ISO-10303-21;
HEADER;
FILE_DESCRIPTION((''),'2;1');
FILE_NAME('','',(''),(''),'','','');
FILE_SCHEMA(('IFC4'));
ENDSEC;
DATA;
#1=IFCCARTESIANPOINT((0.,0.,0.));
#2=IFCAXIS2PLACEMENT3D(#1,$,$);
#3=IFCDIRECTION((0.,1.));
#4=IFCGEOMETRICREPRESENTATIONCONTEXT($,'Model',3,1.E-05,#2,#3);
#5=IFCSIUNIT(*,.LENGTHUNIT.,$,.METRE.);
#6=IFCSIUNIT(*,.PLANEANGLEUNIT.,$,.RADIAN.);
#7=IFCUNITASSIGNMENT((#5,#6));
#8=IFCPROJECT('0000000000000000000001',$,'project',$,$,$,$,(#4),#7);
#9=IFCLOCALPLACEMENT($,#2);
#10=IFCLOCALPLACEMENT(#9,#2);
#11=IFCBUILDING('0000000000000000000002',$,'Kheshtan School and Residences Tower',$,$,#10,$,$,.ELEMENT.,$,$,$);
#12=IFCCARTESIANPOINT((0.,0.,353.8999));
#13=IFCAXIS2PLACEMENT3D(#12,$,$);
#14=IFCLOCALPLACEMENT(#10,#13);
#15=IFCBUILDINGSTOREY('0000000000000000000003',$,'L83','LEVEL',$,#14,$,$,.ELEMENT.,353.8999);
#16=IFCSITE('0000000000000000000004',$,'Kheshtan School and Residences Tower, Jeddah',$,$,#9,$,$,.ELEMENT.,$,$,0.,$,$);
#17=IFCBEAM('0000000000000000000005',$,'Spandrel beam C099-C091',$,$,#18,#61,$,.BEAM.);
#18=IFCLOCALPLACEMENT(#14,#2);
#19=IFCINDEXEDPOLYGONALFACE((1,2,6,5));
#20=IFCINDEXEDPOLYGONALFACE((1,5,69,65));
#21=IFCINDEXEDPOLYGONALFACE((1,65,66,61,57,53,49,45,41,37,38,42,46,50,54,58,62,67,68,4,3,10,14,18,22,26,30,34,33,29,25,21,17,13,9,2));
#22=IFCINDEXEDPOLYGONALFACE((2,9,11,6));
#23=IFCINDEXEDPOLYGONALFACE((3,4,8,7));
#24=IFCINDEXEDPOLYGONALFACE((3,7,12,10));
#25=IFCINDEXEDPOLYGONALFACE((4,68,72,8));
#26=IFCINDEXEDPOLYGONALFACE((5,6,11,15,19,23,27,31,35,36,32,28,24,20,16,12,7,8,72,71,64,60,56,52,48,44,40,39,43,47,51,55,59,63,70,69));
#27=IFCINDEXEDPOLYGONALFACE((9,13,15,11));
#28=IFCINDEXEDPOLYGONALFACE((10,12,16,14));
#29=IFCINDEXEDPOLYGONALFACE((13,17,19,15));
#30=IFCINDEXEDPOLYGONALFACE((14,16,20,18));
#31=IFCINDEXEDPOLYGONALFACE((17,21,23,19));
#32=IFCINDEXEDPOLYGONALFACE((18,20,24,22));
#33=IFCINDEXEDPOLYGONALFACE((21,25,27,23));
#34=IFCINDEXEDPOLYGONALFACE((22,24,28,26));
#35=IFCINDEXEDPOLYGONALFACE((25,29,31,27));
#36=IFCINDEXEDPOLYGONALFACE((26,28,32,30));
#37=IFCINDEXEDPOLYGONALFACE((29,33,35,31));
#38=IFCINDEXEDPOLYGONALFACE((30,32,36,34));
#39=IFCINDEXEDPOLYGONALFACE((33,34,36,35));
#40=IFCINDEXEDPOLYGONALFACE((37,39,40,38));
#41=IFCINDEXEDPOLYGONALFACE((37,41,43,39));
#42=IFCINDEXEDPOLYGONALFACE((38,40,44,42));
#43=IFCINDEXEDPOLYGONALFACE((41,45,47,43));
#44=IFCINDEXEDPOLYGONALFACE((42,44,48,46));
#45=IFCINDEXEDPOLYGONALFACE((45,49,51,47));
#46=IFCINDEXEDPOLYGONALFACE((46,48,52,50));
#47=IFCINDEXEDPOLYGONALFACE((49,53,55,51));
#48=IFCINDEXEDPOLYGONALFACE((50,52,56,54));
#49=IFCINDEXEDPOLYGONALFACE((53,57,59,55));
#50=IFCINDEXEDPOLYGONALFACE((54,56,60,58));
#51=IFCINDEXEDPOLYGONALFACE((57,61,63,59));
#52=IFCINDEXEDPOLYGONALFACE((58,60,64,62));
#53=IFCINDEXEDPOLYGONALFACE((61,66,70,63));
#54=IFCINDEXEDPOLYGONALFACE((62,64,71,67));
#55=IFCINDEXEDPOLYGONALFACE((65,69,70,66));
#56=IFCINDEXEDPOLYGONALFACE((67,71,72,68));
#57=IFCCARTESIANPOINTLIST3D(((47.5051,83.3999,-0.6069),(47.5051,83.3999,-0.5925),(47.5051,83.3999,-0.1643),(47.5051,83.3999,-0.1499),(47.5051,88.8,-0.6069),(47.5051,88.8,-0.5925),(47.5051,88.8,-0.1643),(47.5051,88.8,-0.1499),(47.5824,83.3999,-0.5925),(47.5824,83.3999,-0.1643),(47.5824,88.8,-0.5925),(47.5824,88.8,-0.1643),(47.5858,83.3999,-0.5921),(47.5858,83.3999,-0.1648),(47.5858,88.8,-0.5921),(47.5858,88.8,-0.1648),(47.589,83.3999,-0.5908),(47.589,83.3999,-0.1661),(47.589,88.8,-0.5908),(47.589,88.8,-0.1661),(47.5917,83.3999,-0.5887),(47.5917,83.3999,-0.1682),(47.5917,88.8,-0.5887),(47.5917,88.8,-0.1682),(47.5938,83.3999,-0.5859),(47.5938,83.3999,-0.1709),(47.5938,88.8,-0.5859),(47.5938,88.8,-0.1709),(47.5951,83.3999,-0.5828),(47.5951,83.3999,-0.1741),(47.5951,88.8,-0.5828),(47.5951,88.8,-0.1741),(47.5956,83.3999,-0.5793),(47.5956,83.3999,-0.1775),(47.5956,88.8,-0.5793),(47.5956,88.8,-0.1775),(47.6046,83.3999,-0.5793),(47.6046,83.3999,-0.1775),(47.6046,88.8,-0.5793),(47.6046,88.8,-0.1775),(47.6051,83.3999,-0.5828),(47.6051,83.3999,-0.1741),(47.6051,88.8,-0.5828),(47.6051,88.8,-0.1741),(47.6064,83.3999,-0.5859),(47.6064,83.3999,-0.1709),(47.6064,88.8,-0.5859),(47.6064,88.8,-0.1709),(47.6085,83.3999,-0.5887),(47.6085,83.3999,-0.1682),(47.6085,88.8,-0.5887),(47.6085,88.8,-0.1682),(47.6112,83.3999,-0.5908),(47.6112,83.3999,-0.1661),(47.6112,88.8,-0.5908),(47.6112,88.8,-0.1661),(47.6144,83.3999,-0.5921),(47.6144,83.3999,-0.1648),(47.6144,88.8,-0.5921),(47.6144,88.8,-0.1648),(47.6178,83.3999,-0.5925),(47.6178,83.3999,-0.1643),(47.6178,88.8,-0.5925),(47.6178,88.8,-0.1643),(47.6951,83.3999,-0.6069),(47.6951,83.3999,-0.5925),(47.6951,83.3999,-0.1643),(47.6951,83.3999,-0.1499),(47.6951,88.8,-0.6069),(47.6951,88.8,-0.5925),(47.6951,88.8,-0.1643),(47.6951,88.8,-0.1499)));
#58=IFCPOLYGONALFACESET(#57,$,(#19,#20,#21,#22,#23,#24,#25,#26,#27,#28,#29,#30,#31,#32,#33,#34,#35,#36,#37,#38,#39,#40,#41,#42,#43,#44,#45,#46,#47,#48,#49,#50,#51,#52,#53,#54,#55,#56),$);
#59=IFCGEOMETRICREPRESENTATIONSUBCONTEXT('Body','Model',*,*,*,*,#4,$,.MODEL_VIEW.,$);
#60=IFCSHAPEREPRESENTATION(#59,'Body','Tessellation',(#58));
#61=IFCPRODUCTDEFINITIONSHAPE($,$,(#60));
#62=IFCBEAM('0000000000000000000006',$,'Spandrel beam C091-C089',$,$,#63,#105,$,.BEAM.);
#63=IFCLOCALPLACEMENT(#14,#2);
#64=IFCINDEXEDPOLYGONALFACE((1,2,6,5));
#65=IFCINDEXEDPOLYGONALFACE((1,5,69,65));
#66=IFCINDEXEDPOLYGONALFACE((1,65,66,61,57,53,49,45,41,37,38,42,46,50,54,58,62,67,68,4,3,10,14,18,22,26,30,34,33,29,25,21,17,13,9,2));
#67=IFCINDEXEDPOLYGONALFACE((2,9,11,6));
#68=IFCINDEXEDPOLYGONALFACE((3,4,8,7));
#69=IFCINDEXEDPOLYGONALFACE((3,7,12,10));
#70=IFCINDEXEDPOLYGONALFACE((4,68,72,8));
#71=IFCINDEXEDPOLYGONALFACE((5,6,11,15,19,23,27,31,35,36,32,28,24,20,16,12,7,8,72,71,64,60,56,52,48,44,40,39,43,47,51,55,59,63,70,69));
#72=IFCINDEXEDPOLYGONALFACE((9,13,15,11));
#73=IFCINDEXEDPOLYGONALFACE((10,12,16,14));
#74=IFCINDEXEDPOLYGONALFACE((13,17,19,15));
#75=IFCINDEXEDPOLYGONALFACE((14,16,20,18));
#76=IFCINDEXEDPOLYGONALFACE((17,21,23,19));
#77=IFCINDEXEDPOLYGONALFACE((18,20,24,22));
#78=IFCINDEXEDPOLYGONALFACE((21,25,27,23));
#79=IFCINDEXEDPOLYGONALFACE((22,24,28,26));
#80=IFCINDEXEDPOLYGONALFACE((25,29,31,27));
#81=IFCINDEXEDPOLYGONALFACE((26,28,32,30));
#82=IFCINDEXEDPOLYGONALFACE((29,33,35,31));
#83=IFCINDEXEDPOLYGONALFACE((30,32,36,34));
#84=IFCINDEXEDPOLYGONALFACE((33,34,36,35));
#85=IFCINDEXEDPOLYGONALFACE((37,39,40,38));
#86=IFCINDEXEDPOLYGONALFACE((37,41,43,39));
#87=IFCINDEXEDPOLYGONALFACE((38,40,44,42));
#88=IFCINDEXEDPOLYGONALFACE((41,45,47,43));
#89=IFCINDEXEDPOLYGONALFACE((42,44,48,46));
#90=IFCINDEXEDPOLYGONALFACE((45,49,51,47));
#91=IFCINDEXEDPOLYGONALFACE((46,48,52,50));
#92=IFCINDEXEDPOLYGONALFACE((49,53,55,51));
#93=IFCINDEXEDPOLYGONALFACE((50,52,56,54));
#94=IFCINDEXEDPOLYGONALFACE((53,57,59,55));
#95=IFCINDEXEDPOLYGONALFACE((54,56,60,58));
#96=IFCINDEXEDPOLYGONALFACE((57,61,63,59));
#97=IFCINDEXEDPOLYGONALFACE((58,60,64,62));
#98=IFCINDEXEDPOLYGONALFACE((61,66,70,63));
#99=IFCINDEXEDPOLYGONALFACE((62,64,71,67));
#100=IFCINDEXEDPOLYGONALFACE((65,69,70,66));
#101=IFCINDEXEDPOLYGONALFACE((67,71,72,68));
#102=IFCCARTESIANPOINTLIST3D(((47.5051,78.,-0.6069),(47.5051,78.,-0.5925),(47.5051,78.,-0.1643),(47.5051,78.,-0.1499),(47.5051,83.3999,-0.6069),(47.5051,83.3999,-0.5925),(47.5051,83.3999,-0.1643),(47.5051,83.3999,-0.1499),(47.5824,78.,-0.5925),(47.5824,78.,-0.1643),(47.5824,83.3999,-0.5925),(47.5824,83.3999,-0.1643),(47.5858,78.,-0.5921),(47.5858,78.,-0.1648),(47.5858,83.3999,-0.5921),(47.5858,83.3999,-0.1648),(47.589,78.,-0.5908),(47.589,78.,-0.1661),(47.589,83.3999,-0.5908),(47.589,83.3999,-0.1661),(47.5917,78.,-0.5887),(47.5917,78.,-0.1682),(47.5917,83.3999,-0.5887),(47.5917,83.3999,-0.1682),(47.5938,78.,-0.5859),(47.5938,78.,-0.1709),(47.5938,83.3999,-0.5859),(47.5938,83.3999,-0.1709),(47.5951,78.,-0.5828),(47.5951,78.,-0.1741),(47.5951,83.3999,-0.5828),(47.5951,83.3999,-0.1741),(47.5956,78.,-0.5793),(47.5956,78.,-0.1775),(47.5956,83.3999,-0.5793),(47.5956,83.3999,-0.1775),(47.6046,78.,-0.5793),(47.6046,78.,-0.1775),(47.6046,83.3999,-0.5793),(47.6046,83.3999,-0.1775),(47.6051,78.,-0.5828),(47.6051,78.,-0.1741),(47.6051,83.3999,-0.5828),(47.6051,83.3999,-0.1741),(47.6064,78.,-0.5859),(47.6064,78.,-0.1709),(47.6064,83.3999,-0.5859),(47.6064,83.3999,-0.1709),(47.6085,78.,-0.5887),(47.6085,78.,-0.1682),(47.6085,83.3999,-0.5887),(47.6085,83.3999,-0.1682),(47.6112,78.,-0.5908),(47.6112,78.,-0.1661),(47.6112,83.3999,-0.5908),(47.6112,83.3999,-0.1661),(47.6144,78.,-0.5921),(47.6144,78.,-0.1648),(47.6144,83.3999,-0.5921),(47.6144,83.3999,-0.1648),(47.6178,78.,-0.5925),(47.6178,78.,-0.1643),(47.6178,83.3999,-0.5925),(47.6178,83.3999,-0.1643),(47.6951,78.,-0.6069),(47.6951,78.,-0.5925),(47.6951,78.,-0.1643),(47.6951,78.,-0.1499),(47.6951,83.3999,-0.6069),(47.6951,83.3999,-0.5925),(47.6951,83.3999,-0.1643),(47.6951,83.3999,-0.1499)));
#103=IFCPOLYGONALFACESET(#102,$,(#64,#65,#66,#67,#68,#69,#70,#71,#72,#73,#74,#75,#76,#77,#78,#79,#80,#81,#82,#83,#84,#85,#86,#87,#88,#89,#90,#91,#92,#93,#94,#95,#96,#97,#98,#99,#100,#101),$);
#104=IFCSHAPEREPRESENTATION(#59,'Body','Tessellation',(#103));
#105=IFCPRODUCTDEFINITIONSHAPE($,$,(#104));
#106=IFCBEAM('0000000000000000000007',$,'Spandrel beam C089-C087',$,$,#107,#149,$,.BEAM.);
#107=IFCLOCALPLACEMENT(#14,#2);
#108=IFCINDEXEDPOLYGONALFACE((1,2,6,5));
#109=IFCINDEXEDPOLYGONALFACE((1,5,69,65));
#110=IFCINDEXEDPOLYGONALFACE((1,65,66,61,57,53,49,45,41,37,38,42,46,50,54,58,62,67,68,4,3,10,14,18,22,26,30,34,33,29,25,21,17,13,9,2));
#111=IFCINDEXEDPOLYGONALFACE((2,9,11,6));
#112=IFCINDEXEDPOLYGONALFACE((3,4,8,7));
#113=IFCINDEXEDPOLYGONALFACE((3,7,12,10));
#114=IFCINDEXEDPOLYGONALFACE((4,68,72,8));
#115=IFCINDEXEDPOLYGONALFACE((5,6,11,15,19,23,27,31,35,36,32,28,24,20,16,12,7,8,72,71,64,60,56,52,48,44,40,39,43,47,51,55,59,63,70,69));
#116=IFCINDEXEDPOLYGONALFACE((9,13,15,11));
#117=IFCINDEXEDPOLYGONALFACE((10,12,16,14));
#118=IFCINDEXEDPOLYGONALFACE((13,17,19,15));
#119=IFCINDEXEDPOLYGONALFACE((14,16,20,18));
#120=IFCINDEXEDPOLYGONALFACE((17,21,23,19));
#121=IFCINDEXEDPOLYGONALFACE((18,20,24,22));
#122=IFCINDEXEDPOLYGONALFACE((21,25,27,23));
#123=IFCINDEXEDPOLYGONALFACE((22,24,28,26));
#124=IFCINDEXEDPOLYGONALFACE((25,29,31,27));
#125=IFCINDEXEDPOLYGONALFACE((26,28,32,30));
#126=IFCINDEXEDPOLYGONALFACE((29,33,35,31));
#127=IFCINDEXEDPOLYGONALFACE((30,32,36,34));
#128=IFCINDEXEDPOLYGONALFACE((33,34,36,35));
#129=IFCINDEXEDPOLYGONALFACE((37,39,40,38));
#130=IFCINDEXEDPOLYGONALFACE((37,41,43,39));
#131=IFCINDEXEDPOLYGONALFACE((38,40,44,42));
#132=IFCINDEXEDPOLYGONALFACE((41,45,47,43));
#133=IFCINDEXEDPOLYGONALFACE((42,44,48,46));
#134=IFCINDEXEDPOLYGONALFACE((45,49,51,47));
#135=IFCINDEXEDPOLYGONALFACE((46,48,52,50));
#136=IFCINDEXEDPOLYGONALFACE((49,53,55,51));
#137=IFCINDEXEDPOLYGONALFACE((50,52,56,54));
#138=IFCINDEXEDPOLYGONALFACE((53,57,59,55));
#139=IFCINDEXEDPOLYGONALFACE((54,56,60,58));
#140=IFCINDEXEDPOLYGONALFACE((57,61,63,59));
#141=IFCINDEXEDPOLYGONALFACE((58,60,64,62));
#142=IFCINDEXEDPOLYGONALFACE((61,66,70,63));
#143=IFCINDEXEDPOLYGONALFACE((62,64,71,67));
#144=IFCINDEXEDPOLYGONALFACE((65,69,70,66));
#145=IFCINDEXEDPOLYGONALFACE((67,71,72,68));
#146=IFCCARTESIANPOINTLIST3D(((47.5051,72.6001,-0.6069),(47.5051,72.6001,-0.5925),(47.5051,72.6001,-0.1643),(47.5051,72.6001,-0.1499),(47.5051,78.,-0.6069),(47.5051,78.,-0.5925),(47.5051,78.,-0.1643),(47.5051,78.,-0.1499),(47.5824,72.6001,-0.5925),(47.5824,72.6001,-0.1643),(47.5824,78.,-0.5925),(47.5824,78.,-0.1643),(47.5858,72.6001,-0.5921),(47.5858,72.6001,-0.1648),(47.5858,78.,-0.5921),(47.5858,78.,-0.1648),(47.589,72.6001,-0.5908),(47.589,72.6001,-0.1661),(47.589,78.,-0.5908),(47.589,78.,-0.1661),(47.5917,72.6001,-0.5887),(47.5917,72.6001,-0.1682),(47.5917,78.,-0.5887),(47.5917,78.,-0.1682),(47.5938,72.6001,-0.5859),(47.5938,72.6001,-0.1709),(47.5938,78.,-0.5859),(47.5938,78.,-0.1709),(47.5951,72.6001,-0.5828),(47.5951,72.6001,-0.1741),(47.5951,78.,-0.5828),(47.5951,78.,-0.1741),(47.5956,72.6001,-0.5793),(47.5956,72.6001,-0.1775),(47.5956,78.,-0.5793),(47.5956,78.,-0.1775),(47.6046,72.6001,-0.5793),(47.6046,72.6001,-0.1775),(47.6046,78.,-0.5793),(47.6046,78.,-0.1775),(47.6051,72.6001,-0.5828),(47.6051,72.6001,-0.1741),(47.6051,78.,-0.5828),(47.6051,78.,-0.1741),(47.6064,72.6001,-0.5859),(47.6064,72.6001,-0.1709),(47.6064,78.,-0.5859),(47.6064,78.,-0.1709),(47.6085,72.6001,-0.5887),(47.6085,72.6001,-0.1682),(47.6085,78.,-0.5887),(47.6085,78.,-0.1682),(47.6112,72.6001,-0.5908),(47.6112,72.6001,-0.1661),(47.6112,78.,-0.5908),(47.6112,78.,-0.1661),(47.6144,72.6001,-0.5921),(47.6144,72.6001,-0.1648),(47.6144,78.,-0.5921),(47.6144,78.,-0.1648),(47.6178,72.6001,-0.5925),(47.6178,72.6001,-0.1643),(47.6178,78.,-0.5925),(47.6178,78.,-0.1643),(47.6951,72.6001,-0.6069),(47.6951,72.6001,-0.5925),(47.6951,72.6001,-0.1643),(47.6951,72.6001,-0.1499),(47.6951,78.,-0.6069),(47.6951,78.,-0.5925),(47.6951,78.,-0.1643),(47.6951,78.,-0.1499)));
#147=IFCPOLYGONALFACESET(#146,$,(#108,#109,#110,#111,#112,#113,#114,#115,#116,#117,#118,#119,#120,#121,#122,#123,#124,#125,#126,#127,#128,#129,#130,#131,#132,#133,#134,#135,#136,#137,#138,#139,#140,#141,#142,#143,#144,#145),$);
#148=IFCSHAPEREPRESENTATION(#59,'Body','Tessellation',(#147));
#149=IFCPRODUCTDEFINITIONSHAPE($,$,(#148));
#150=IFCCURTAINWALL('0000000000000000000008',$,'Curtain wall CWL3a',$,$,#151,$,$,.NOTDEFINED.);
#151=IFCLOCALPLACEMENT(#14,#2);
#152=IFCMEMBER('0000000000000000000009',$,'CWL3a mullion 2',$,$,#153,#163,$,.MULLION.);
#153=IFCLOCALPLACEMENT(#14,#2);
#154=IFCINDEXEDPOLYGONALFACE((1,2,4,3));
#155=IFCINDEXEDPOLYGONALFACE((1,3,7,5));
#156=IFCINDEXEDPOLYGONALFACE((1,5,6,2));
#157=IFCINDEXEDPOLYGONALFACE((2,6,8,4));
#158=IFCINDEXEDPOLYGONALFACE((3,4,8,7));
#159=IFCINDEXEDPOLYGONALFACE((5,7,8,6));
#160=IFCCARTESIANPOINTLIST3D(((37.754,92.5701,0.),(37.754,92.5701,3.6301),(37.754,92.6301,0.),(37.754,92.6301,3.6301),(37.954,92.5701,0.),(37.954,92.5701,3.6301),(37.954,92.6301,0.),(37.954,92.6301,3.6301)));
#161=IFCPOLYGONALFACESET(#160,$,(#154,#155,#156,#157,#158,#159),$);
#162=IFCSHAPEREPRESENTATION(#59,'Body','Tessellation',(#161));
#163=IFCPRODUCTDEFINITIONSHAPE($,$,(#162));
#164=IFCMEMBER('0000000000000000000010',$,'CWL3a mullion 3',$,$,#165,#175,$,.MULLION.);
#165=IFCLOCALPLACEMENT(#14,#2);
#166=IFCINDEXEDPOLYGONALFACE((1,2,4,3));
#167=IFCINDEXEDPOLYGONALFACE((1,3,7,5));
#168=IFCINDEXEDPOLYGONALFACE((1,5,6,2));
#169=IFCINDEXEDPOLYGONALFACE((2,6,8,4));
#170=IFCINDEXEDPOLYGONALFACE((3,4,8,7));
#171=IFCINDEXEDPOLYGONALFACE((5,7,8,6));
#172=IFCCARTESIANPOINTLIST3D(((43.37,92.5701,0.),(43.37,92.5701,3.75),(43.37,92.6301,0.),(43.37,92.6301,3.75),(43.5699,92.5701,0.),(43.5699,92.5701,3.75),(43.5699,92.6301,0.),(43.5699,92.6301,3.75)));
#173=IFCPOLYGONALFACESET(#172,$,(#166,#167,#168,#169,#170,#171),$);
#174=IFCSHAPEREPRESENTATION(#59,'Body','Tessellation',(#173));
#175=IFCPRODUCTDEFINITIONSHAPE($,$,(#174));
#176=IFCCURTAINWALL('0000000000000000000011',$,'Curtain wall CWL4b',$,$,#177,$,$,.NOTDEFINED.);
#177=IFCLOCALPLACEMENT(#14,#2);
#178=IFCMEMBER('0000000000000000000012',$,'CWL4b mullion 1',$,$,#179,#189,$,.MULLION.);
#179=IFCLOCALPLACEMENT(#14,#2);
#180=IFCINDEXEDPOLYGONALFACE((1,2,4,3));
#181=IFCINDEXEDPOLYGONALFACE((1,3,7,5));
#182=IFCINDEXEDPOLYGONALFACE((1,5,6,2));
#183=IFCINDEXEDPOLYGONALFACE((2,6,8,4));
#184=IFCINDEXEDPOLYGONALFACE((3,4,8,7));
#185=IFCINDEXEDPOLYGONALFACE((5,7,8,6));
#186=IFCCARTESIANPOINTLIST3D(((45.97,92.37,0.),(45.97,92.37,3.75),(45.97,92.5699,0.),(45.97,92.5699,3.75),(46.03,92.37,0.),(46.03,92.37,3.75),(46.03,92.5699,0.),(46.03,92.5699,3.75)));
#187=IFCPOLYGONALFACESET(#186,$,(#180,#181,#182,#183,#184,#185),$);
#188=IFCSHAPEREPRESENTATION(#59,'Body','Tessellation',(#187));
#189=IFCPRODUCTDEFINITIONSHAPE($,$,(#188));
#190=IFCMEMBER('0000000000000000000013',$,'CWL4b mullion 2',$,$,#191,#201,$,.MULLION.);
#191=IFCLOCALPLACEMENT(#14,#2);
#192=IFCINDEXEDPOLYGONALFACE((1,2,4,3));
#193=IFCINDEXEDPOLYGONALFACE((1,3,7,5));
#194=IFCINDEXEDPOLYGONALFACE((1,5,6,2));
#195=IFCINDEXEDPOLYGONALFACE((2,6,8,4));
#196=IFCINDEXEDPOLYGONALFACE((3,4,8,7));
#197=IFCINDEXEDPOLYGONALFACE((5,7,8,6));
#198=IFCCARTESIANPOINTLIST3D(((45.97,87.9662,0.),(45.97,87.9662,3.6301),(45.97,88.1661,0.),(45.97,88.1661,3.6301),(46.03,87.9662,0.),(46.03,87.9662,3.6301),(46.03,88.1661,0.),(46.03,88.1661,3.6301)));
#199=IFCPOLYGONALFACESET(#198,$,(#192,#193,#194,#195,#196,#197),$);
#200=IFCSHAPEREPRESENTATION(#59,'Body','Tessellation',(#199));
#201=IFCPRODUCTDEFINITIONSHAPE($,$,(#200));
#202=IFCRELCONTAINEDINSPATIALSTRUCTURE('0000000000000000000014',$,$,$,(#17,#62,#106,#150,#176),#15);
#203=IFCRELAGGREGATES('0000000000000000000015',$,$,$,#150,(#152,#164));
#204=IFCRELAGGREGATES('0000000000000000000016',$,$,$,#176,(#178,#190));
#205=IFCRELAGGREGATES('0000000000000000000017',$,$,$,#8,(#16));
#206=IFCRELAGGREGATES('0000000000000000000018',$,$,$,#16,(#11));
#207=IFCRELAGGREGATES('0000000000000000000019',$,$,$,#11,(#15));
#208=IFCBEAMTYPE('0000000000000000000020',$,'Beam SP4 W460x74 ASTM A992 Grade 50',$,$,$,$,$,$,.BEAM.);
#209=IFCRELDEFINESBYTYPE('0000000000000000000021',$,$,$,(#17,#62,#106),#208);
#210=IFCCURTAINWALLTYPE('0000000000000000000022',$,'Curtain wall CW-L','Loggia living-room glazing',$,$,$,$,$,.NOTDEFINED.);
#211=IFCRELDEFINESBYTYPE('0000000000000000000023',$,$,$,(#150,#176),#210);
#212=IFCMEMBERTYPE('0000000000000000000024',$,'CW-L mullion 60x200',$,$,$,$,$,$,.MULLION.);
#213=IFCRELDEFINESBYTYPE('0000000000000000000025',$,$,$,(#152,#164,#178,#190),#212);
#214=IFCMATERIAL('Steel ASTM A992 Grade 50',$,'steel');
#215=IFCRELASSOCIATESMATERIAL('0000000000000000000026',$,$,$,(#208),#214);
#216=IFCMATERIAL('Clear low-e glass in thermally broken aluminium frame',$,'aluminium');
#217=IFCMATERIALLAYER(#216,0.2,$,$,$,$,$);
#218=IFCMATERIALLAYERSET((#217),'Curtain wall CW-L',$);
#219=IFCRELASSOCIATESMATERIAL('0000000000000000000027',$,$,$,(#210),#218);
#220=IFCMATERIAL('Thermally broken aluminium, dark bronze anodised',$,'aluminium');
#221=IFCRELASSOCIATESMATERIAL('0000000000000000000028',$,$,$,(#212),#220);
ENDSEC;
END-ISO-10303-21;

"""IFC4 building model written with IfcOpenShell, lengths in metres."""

from ifc_helpers import new_model, si_unit, direction, frame, origin, origin_2d, place, context, subcontext, project, spatial, rectangle, i_section, extrude, material, layer, layer_set, material_profile, profile_set, type_object, element, aggregate, save


model = new_model("IFC4")

# Units and contexts
model_context = context("Model", 3, precision=1e-05, world=origin(), true_north=direction((0.0, 1.0)))
body_context = subcontext(model_context, "Body", "Model", "MODEL_VIEW")
ifc_project = project(units=[si_unit("LENGTHUNIT", "METRE"), si_unit("PLANEANGLEUNIT", "RADIAN")], contexts=[model_context])

# Site, building, storey
site_placement = place(None, origin())
site = spatial("IfcSite", under=ifc_project, at=site_placement, Name="Kheshtan School and Residences Tower, Jeddah", CompositionType="ELEMENT", RefElevation=0.0)
building_placement = place(site_placement, origin())
building = spatial("IfcBuilding", under=site, at=building_placement, Name="Kheshtan School and Residences Tower", CompositionType="ELEMENT")
storey_placement = place(building_placement, frame((0.0, 0.0, 353.8999)))
storey = spatial("IfcBuildingStorey", under=building, at=storey_placement, Name="L83", Description="LEVEL", CompositionType="ELEMENT", Elevation=353.8999)

# Shared definitions
ifc_material_1 = material(Name="Steel ASTM A992 Grade 50", Category="steel")

# Beams
ifc_material_profile_1 = material_profile(ifc_material_1, i_section(OverallWidth=0.1899, OverallDepth=0.457, WebThickness=0.009, FlangeThickness=0.0144, FilletRadius=0.0132, at=origin_2d()), Name="W460x74")
ifc_profile_set_1 = profile_set([ifc_material_profile_1], Name="Steel ASTM A992 Grade 50")
beam_type_1 = type_object("IfcBeamType", Name="Beam SP4 W460x74 ASTM A992 Grade 50", PredefinedType="BEAM", material=ifc_profile_set_1)
beam_1_placement = place(storey_placement, frame((47.6001, 88.8, -0.3784), z_axis=(0.0, -1.0, 0.0), x_axis=(1.0, 0.0, 0.0)))
element("IfcBeam", 1, at=beam_1_placement, inside=storey, type_object=beam_type_1, Name="Spandrel beam C099-C091", PredefinedType="BEAM", context=body_context, shape_type="SweptSolid", body=[
    extrude(i_section(OverallWidth=0.1899, OverallDepth=0.457, WebThickness=0.009, FlangeThickness=0.0144, FilletRadius=0.0132, at=origin_2d()), origin(), (0.0, 0.0, 1.0), 5.4001),
])
for number, where, z_axis, x_axis, name in (
    (2, (47.6001, 83.3999, -0.3784), (0.0, -1.0, 0.0), (1.0, 0.0, 0.0), "Spandrel beam C091-C089"),
    (3, (47.6001, 78.0, -0.3784), (0.0, -1.0, 0.0), (1.0, 0.0, 0.0), "Spandrel beam C089-C087"),
):
    element("IfcBeam", number, at=place(storey_placement, frame(where, z_axis=z_axis, x_axis=x_axis)), inside=storey, type_object=beam_type_1, Name=name, PredefinedType="BEAM", context=body_context, shape_type="SweptSolid", body=[
        extrude(i_section(OverallWidth=0.1899, OverallDepth=0.457, WebThickness=0.009, FlangeThickness=0.0144, FilletRadius=0.0132, at=origin_2d()), origin(), (0.0, 0.0, 1.0), 5.3999),
    ])

# Curtain walls, members
ifc_material_2 = material(Name="Clear low-e glass in thermally broken aluminium frame", Category="aluminium")
ifc_layer_1 = layer(ifc_material_2, 0.2)
ifc_layer_set_1 = layer_set([ifc_layer_1], Name="Curtain wall CW-L")
curtain_wall_type = type_object("IfcCurtainWallType", Name="Curtain wall CW-L", Description="Loggia living-room glazing", PredefinedType="NOTDEFINED", material=ifc_layer_set_1)
curtain_wall_1_placement = place(storey_placement, origin())
curtain_wall_1 = element("IfcCurtainWall", 4, at=curtain_wall_1_placement, inside=storey, type_object=curtain_wall_type, Name="Curtain wall CWL3a", PredefinedType="NOTDEFINED")
ifc_material_3 = material(Name="Thermally broken aluminium, dark bronze anodised", Category="aluminium")
ifc_material_profile_2 = material_profile(ifc_material_3, rectangle(XDim=0.0601, YDim=0.2, at=origin_2d()), Name="CW-L mullion 60x200")
ifc_profile_set_2 = profile_set([ifc_material_profile_2], Name="Thermally broken aluminium, dark bronze anodised")
member_type_1 = type_object("IfcMemberType", Name="CW-L mullion 60x200", PredefinedType="MULLION", material=ifc_profile_set_2)
member_1_placement = place(storey_placement, frame((37.854, 92.6001, 0.0), z_axis=(0.0, 0.0, 1.0), x_axis=(0.0, 1.0, 0.0)))
member_1 = element("IfcMember", 5, at=member_1_placement, type_object=member_type_1, Name="CWL3a mullion 2", PredefinedType="MULLION", context=body_context, shape_type="SweptSolid", body=[
    extrude(rectangle(XDim=0.0601, YDim=0.2, at=origin_2d()), origin(), (0.0, 0.0, 1.0), 3.6301),
])
member_2_placement = place(storey_placement, frame((43.47, 92.6001, 0.0), z_axis=(0.0, 0.0, 1.0), x_axis=(0.0, 1.0, 0.0)))
member_2 = element("IfcMember", 6, at=member_2_placement, type_object=member_type_1, Name="CWL3a mullion 3", PredefinedType="MULLION", context=body_context, shape_type="SweptSolid", body=[
    extrude(rectangle(XDim=0.0601, YDim=0.2, at=origin_2d()), origin(), (0.0, 0.0, 1.0), 3.75),
])
curtain_wall_2_placement = place(storey_placement, origin())
curtain_wall_2 = element("IfcCurtainWall", 7, at=curtain_wall_2_placement, inside=storey, type_object=curtain_wall_type, Name="Curtain wall CWL4b", PredefinedType="NOTDEFINED")
member_3_placement = place(storey_placement, frame((46.0, 92.47, 0.0), z_axis=(0.0, 0.0, 1.0), x_axis=(1.0, 0.0, 0.0)))
member_3 = element("IfcMember", 8, at=member_3_placement, type_object=member_type_1, Name="CWL4b mullion 1", PredefinedType="MULLION", context=body_context, shape_type="SweptSolid", body=[
    extrude(rectangle(XDim=0.0601, YDim=0.2, at=origin_2d()), origin(), (0.0, 0.0, 1.0), 3.75),
])
member_4_placement = place(storey_placement, frame((46.0, 88.0662, 0.0), z_axis=(0.0, 0.0, 1.0), x_axis=(1.0, 0.0, 0.0)))
member_4 = element("IfcMember", 9, at=member_4_placement, type_object=member_type_1, Name="CWL4b mullion 2", PredefinedType="MULLION", context=body_context, shape_type="SweptSolid", body=[
    extrude(rectangle(XDim=0.0601, YDim=0.2, at=origin_2d()), origin(), (0.0, 0.0, 1.0), 3.6301),
])

aggregate(curtain_wall_1, [member_1, member_2])
aggregate(curtain_wall_2, [member_3, member_4])

save(model, "model.ifc")
